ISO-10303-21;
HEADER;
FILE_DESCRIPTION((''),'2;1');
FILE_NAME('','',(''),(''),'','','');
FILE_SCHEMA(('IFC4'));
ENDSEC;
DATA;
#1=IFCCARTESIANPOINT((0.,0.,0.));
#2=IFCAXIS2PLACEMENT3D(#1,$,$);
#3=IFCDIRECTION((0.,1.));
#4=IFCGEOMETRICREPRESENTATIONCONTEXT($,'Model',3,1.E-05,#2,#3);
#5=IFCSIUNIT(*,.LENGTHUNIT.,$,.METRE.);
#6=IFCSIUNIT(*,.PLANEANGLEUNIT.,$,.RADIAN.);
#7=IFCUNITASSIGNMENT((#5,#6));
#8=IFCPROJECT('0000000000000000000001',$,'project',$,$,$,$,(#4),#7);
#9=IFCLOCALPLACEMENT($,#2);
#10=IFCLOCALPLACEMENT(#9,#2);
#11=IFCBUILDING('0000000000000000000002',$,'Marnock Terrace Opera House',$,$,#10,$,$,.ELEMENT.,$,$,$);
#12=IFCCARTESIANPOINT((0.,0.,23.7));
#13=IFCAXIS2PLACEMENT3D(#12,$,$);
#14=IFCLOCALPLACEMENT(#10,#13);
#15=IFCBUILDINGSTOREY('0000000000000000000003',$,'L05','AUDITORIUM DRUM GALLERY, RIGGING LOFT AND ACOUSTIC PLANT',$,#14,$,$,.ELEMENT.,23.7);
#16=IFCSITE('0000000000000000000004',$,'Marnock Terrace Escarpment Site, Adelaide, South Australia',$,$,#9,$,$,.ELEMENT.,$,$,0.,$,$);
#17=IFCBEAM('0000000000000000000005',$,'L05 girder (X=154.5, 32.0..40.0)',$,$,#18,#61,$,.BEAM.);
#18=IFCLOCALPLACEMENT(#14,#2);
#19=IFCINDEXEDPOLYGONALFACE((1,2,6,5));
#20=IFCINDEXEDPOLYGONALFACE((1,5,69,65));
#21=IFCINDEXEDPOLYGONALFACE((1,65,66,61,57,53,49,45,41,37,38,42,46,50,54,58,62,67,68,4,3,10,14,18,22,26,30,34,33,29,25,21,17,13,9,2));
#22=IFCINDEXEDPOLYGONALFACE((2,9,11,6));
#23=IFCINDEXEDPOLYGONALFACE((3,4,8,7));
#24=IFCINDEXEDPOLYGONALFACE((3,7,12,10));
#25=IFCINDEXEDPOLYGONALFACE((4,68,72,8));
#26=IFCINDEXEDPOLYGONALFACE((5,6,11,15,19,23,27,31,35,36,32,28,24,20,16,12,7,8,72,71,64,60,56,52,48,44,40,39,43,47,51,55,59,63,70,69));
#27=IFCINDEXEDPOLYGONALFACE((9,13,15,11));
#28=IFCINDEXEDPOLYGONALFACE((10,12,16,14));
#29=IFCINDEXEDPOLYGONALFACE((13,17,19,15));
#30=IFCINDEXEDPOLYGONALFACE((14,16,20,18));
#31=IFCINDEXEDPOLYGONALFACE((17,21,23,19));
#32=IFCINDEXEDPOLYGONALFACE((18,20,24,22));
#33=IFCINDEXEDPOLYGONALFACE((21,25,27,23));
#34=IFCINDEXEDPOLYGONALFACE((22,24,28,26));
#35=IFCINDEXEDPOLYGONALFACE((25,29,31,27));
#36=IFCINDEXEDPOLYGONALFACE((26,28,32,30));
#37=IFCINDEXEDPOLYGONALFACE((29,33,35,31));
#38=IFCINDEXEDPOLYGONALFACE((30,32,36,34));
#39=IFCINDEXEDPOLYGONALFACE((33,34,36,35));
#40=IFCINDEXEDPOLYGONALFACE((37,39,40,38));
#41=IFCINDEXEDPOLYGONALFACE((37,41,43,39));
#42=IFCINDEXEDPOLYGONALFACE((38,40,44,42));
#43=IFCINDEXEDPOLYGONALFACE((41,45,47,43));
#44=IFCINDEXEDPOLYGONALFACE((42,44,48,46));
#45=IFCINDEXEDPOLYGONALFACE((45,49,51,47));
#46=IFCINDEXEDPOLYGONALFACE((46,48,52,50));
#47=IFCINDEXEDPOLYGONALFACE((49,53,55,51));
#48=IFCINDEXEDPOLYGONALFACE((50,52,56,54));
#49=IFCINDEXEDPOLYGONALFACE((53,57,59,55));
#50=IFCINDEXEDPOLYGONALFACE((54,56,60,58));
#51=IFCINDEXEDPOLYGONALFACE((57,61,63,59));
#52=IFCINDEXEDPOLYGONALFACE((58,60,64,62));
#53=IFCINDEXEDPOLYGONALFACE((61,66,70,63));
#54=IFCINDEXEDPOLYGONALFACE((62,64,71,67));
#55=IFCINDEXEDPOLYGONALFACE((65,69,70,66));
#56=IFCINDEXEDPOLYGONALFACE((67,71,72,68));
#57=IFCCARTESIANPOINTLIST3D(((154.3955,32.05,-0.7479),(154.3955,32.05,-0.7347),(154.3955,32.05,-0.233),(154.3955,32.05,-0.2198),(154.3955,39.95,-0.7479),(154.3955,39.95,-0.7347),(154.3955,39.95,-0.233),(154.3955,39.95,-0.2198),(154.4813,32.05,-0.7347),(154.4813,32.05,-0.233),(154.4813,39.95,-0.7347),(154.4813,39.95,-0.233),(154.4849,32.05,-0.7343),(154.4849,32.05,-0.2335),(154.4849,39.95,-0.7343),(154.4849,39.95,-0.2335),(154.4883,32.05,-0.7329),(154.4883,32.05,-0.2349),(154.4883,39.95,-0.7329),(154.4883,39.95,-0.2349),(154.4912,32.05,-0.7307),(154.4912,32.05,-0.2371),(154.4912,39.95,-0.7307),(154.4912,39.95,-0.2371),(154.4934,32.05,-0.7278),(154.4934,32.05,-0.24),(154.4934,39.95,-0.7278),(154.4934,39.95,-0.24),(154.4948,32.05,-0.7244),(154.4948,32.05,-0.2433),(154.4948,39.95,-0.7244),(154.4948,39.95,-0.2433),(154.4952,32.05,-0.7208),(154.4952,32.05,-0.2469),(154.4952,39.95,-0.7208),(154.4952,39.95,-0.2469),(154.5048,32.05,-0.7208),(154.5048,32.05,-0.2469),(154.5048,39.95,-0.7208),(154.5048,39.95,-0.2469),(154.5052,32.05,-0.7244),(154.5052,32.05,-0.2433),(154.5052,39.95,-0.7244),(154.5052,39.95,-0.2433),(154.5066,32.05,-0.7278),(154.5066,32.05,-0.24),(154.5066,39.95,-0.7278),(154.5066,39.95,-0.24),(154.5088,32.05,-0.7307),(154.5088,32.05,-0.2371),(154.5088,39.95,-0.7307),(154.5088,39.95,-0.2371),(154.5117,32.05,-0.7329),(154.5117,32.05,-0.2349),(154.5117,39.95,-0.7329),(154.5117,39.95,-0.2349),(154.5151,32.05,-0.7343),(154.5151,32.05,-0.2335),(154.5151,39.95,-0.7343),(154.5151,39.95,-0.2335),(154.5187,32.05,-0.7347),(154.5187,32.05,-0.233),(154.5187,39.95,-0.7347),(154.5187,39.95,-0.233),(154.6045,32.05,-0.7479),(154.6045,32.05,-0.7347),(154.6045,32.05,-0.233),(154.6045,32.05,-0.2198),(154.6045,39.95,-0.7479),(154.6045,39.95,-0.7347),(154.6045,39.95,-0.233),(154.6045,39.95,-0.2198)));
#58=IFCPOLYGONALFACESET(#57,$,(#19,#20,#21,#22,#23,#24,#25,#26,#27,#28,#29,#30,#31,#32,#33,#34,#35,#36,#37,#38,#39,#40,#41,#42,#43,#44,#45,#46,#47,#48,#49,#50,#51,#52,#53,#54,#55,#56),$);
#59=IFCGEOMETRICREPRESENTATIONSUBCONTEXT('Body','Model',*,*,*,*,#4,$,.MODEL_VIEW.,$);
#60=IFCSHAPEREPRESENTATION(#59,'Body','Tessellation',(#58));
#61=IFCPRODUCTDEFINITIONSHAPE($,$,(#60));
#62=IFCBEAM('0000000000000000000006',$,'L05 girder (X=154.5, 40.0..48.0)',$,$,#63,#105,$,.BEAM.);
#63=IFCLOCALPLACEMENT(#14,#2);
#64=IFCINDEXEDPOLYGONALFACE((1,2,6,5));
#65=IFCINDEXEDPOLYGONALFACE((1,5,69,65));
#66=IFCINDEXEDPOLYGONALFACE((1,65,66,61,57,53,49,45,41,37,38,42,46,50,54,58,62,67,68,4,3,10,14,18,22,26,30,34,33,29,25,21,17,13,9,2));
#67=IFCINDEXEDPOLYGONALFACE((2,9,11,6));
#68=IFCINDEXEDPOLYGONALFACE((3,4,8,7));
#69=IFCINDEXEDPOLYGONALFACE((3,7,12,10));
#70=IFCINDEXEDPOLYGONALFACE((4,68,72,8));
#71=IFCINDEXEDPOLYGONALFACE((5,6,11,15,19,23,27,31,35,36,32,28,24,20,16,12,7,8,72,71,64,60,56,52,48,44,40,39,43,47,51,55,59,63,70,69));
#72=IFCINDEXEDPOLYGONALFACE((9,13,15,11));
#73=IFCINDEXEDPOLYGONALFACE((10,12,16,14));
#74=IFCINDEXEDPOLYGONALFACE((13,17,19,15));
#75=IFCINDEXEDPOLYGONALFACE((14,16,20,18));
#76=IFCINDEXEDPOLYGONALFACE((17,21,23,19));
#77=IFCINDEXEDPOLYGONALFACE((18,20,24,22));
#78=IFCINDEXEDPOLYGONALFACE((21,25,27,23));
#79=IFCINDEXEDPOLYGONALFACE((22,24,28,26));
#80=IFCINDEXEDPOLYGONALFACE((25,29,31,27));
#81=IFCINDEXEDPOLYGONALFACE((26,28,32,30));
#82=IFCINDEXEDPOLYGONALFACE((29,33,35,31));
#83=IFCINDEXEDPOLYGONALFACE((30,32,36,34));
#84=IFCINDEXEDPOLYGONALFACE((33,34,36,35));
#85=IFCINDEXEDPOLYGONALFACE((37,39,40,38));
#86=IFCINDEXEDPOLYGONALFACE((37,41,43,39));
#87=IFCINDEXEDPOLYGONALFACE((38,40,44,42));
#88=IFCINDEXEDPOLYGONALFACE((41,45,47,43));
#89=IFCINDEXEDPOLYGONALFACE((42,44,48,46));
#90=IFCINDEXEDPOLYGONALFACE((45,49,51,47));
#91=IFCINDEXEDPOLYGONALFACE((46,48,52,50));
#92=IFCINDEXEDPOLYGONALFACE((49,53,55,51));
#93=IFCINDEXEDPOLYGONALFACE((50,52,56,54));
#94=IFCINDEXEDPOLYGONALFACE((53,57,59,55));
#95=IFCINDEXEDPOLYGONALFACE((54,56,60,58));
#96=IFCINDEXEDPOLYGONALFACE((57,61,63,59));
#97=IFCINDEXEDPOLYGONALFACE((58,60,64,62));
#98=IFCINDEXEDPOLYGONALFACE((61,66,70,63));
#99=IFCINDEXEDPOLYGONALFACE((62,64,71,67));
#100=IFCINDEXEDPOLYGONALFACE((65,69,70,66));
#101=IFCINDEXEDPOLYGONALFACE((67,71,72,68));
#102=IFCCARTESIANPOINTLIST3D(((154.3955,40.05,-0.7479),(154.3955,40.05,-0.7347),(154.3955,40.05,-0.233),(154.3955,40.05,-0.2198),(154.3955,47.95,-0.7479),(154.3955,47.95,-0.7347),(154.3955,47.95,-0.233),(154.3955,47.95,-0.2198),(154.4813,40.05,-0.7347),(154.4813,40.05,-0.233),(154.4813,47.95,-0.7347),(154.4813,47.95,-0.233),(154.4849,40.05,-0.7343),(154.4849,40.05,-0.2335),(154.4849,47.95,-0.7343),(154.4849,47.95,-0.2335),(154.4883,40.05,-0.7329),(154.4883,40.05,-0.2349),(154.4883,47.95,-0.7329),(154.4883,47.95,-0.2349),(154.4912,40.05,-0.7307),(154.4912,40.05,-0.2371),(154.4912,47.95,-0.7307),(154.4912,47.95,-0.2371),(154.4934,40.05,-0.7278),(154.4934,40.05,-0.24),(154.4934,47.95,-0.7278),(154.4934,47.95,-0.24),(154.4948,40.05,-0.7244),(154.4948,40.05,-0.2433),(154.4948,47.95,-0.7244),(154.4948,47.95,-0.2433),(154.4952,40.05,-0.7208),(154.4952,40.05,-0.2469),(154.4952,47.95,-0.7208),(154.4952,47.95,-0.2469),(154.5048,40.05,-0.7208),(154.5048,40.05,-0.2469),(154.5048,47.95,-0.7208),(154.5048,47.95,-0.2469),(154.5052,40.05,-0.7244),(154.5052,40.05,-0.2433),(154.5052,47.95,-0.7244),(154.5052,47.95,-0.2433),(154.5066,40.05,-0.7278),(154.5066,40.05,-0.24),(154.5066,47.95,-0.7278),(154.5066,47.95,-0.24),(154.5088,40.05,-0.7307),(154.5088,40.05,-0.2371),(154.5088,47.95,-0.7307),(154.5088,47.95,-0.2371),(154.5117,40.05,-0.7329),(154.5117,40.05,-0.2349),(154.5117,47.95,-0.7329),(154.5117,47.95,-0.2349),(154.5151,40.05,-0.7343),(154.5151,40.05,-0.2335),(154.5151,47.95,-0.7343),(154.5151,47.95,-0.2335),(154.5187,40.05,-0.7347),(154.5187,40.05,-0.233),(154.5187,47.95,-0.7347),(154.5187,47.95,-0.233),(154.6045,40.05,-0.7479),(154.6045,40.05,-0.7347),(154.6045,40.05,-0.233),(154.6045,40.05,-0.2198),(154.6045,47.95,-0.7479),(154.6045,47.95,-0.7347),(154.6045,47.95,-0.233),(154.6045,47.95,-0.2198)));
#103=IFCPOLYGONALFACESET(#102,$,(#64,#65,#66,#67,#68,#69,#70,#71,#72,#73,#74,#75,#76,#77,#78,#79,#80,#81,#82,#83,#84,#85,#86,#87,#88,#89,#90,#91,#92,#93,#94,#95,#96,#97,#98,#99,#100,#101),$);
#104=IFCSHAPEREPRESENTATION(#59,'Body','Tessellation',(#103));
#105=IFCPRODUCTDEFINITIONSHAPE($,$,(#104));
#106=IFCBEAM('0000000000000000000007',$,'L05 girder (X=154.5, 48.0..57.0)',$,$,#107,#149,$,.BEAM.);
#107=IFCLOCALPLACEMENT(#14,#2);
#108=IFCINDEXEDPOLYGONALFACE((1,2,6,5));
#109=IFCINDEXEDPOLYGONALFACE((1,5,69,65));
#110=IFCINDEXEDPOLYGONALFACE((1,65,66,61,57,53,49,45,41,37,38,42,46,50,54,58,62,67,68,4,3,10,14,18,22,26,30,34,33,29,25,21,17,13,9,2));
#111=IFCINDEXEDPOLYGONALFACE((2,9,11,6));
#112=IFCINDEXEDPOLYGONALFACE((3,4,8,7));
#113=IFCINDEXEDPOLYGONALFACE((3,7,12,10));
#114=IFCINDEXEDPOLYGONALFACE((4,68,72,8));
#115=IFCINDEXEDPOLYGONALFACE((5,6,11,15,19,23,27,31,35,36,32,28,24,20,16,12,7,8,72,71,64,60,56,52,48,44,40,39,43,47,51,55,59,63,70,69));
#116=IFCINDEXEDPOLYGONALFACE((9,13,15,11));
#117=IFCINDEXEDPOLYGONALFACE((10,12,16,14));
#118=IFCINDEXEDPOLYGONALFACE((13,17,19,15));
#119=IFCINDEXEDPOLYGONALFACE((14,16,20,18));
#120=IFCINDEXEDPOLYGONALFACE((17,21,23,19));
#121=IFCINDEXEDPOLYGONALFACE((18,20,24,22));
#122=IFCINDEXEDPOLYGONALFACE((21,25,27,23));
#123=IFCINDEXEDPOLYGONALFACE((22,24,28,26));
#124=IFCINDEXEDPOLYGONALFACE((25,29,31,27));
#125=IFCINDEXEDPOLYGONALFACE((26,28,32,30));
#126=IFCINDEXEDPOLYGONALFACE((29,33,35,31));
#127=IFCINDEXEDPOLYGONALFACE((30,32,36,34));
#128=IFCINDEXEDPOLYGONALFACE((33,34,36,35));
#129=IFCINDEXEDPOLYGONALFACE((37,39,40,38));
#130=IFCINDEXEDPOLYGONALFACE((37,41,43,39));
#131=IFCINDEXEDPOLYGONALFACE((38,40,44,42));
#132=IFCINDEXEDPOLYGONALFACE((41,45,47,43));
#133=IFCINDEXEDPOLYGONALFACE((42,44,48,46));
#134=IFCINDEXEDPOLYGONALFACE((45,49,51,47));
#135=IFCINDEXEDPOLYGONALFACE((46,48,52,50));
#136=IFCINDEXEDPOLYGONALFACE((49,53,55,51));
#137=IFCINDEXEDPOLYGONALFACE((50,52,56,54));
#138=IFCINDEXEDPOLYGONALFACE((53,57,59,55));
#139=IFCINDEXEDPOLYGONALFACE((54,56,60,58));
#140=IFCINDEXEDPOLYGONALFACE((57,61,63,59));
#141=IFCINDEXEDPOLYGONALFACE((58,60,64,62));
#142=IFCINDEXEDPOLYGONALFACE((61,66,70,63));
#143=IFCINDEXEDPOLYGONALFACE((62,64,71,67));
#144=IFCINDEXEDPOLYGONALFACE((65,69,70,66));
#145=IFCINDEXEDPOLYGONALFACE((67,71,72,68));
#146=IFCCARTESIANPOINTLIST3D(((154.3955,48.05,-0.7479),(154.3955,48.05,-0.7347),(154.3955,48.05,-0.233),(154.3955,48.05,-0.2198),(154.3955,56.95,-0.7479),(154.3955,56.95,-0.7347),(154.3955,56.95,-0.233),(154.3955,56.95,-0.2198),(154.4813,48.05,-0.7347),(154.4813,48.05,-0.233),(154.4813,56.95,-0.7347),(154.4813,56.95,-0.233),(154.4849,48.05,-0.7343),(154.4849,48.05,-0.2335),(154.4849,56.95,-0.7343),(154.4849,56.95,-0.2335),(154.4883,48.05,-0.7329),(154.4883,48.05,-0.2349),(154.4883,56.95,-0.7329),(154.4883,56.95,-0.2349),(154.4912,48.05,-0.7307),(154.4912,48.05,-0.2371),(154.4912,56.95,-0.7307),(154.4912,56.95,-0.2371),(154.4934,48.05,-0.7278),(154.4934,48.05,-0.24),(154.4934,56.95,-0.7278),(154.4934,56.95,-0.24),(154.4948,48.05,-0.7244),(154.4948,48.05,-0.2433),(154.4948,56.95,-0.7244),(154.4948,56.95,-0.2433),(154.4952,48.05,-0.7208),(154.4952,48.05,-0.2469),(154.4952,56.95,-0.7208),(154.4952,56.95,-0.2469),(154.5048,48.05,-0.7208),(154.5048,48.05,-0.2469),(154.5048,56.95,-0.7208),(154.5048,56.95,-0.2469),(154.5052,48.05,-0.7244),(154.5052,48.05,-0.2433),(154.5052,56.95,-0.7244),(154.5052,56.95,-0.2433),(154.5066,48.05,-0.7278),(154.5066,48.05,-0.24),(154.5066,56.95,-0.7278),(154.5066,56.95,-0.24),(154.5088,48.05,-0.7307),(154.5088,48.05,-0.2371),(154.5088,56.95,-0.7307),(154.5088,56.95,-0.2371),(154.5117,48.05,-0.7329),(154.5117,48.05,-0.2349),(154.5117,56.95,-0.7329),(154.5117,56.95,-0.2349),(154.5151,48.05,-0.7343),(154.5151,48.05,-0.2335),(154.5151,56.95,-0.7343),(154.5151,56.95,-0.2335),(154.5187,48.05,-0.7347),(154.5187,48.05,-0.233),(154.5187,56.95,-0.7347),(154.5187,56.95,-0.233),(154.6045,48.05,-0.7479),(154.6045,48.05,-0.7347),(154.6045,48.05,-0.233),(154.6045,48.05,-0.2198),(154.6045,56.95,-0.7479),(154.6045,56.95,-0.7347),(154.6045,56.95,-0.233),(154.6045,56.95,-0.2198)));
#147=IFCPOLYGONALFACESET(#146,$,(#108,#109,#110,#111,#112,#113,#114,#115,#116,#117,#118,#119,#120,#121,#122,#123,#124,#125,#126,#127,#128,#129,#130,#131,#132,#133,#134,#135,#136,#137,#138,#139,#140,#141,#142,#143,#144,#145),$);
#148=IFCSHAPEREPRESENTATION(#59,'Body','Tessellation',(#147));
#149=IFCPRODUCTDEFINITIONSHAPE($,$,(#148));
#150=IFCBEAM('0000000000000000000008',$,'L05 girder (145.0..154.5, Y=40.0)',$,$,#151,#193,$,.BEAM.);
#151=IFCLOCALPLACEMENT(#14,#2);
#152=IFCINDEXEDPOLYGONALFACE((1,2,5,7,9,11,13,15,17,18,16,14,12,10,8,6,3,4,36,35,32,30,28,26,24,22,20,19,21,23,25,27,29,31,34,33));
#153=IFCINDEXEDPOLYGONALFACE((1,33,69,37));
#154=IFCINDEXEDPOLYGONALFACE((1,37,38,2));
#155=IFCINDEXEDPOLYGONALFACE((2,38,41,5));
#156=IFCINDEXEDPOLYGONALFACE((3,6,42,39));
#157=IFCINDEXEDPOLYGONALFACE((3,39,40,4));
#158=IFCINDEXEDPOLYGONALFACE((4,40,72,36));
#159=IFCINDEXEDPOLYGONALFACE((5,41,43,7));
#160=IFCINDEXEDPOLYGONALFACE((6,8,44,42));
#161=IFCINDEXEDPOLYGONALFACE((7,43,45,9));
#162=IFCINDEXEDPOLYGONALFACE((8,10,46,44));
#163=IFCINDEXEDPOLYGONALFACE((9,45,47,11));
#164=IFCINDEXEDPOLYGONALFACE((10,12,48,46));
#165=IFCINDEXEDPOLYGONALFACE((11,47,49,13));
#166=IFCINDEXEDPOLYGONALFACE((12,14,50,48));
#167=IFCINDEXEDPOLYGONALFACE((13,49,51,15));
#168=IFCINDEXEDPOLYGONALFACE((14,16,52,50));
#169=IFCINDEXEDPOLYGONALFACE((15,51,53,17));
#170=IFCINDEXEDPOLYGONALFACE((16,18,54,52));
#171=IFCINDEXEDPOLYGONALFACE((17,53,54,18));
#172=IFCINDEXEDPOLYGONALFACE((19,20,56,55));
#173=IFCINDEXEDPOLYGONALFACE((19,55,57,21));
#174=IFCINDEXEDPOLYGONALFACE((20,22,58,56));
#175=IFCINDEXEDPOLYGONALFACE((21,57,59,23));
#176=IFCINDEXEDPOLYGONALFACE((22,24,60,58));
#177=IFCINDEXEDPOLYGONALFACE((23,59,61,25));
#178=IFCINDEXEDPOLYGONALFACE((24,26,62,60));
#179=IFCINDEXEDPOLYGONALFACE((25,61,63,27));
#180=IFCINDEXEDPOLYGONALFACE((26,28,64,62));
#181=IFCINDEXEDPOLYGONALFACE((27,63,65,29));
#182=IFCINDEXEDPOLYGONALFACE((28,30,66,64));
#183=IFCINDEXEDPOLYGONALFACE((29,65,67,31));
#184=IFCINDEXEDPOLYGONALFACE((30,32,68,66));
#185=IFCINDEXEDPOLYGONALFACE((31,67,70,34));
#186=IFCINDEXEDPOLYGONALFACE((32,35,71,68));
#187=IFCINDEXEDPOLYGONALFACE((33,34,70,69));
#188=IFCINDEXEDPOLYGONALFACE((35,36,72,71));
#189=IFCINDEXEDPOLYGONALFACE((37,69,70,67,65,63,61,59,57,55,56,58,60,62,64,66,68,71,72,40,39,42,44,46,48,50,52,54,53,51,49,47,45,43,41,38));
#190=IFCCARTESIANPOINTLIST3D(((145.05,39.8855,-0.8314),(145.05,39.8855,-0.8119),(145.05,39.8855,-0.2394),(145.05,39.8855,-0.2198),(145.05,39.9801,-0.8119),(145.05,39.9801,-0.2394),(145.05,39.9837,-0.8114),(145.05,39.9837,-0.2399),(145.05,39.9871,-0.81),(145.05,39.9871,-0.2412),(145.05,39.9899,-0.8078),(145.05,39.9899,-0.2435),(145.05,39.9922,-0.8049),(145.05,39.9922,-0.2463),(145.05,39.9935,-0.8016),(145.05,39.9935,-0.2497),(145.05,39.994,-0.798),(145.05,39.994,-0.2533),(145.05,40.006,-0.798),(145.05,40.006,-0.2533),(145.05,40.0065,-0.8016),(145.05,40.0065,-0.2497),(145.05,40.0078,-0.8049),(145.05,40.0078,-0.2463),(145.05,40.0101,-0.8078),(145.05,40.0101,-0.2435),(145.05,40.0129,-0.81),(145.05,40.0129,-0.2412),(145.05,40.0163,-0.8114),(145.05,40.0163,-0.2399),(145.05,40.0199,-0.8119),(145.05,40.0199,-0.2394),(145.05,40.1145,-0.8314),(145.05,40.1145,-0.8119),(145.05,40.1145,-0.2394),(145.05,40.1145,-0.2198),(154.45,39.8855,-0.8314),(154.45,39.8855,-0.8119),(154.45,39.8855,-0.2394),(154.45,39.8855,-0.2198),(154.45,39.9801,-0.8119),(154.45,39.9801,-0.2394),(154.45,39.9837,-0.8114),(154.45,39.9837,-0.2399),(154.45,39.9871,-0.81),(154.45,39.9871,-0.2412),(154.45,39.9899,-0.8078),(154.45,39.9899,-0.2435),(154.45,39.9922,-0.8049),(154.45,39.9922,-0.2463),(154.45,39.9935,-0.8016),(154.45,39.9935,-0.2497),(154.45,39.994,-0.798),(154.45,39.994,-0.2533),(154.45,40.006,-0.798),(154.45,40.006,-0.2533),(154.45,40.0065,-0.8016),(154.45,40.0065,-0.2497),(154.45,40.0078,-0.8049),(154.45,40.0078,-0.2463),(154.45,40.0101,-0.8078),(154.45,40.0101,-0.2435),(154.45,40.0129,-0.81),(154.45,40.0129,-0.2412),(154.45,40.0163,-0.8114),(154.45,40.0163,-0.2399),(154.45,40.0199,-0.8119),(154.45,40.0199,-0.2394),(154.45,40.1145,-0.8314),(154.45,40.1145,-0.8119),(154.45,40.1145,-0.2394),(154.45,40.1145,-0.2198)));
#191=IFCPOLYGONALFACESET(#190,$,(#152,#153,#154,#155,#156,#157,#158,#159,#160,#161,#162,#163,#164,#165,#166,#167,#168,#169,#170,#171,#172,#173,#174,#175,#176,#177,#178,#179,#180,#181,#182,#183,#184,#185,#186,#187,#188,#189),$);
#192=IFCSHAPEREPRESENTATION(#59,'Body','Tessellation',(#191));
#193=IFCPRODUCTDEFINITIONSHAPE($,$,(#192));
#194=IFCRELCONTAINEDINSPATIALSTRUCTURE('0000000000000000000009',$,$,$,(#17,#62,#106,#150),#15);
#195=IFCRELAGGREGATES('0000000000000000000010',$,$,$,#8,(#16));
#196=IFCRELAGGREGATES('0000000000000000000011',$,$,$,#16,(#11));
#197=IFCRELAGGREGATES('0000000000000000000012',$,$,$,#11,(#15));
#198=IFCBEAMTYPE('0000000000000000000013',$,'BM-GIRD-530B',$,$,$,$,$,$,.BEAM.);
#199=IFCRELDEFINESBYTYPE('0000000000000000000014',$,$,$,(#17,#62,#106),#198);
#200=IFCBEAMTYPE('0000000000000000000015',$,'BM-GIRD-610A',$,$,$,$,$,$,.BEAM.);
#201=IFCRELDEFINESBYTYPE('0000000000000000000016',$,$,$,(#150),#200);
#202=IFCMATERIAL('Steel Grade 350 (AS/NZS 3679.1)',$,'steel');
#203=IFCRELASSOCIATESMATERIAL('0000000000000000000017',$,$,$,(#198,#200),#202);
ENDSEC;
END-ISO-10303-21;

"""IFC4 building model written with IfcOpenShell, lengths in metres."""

from ifc_helpers import new_model, si_unit, direction, frame, origin, origin_2d, place, context, subcontext, project, spatial, i_section, extrude, material, material_profile, profile_set, type_object, element, save


model = new_model("IFC4")

# Units and contexts
model_context = context("Model", 3, precision=1e-05, world=origin(), true_north=direction((0.0, 1.0)))
body_context = subcontext(model_context, "Body", "Model", "MODEL_VIEW")
ifc_project = project(units=[si_unit("LENGTHUNIT", "METRE"), si_unit("PLANEANGLEUNIT", "RADIAN")], contexts=[model_context])

# Site, building, storey
site_placement = place(None, origin())
site = spatial("IfcSite", under=ifc_project, at=site_placement, Name="Marnock Terrace Escarpment Site, Adelaide, South Australia", CompositionType="ELEMENT", RefElevation=0.0)
building_placement = place(site_placement, origin())
building = spatial("IfcBuilding", under=site, at=building_placement, Name="Marnock Terrace Opera House", CompositionType="ELEMENT")
storey_placement = place(building_placement, frame((0.0, 0.0, 23.7)))
storey = spatial("IfcBuildingStorey", under=building, at=storey_placement, Name="L05", Description="AUDITORIUM DRUM GALLERY, RIGGING LOFT AND ACOUSTIC PLANT", CompositionType="ELEMENT", Elevation=23.7)

# Beams
ifc_material_1 = material(Name="Steel Grade 350 (AS/NZS 3679.1)", Category="steel")
ifc_material_profile_1 = material_profile(ifc_material_1, i_section(OverallWidth=0.209, OverallDepth=0.5281, WebThickness=0.0095, FlangeThickness=0.0132, FilletRadius=0.0139, at=origin_2d()))
ifc_profile_set_1 = profile_set([ifc_material_profile_1], Name="Steel Grade 350 (AS/NZS 3679.1)")
beam_type_1 = type_object("IfcBeamType", Name="BM-GIRD-530B", PredefinedType="BEAM", material=ifc_profile_set_1)
for number, where, z_axis, x_axis, name in (
    (1, (154.5, 32.05, -0.4839), (0.0, 1.0, 0.0), (-1.0, 0.0, 0.0), "L05 girder (X=154.5, 32.0..40.0)"),
    (2, (154.5, 40.05, -0.4839), (0.0, 1.0, 0.0), (-1.0, 0.0, 0.0), "L05 girder (X=154.5, 40.0..48.0)"),
):
    element("IfcBeam", number, at=place(storey_placement, frame(where, z_axis=z_axis, x_axis=x_axis)), inside=storey, type_object=beam_type_1, Name=name, PredefinedType="BEAM", context=body_context, shape_type="SweptSolid", body=[
        extrude(i_section(OverallWidth=0.209, OverallDepth=0.5281, WebThickness=0.0095, FlangeThickness=0.0132, FilletRadius=0.0139, at=origin_2d()), origin(), (0.0, 0.0, 1.0), 7.8999),
    ])
beam_1_placement = place(storey_placement, frame((154.5, 48.05, -0.4839), z_axis=(0.0, 1.0, 0.0), x_axis=(-1.0, 0.0, 0.0)))
element("IfcBeam", 3, at=beam_1_placement, inside=storey, type_object=beam_type_1, Name="L05 girder (X=154.5, 48.0..57.0)", PredefinedType="BEAM", context=body_context, shape_type="SweptSolid", body=[
    extrude(i_section(OverallWidth=0.209, OverallDepth=0.5281, WebThickness=0.0095, FlangeThickness=0.0132, FilletRadius=0.0139, at=origin_2d()), origin(), (0.0, 0.0, 1.0), 8.8999),
])
ifc_material_profile_2 = material_profile(ifc_material_1, i_section(OverallWidth=0.229, OverallDepth=0.6116, WebThickness=0.012, FlangeThickness=0.0195, FilletRadius=0.0139, at=origin_2d()))
ifc_profile_set_2 = profile_set([ifc_material_profile_2], Name="Steel Grade 350 (AS/NZS 3679.1)")
beam_type_2 = type_object("IfcBeamType", Name="BM-GIRD-610A", PredefinedType="BEAM", material=ifc_profile_set_2)
beam_2_placement = place(storey_placement, frame((145.05, 40.0, -0.5256), z_axis=(1.0, 0.0, 0.0), x_axis=(0.0, 1.0, 0.0)))
element("IfcBeam", 4, at=beam_2_placement, inside=storey, type_object=beam_type_2, Name="L05 girder (145.0..154.5, Y=40.0)", PredefinedType="BEAM", context=body_context, shape_type="SweptSolid", body=[
    extrude(i_section(OverallWidth=0.229, OverallDepth=0.6116, WebThickness=0.012, FlangeThickness=0.0195, FilletRadius=0.0139, at=origin_2d()), origin(), (0.0, 0.0, 1.0), 9.3999),
])

save(model, "model.ifc")
